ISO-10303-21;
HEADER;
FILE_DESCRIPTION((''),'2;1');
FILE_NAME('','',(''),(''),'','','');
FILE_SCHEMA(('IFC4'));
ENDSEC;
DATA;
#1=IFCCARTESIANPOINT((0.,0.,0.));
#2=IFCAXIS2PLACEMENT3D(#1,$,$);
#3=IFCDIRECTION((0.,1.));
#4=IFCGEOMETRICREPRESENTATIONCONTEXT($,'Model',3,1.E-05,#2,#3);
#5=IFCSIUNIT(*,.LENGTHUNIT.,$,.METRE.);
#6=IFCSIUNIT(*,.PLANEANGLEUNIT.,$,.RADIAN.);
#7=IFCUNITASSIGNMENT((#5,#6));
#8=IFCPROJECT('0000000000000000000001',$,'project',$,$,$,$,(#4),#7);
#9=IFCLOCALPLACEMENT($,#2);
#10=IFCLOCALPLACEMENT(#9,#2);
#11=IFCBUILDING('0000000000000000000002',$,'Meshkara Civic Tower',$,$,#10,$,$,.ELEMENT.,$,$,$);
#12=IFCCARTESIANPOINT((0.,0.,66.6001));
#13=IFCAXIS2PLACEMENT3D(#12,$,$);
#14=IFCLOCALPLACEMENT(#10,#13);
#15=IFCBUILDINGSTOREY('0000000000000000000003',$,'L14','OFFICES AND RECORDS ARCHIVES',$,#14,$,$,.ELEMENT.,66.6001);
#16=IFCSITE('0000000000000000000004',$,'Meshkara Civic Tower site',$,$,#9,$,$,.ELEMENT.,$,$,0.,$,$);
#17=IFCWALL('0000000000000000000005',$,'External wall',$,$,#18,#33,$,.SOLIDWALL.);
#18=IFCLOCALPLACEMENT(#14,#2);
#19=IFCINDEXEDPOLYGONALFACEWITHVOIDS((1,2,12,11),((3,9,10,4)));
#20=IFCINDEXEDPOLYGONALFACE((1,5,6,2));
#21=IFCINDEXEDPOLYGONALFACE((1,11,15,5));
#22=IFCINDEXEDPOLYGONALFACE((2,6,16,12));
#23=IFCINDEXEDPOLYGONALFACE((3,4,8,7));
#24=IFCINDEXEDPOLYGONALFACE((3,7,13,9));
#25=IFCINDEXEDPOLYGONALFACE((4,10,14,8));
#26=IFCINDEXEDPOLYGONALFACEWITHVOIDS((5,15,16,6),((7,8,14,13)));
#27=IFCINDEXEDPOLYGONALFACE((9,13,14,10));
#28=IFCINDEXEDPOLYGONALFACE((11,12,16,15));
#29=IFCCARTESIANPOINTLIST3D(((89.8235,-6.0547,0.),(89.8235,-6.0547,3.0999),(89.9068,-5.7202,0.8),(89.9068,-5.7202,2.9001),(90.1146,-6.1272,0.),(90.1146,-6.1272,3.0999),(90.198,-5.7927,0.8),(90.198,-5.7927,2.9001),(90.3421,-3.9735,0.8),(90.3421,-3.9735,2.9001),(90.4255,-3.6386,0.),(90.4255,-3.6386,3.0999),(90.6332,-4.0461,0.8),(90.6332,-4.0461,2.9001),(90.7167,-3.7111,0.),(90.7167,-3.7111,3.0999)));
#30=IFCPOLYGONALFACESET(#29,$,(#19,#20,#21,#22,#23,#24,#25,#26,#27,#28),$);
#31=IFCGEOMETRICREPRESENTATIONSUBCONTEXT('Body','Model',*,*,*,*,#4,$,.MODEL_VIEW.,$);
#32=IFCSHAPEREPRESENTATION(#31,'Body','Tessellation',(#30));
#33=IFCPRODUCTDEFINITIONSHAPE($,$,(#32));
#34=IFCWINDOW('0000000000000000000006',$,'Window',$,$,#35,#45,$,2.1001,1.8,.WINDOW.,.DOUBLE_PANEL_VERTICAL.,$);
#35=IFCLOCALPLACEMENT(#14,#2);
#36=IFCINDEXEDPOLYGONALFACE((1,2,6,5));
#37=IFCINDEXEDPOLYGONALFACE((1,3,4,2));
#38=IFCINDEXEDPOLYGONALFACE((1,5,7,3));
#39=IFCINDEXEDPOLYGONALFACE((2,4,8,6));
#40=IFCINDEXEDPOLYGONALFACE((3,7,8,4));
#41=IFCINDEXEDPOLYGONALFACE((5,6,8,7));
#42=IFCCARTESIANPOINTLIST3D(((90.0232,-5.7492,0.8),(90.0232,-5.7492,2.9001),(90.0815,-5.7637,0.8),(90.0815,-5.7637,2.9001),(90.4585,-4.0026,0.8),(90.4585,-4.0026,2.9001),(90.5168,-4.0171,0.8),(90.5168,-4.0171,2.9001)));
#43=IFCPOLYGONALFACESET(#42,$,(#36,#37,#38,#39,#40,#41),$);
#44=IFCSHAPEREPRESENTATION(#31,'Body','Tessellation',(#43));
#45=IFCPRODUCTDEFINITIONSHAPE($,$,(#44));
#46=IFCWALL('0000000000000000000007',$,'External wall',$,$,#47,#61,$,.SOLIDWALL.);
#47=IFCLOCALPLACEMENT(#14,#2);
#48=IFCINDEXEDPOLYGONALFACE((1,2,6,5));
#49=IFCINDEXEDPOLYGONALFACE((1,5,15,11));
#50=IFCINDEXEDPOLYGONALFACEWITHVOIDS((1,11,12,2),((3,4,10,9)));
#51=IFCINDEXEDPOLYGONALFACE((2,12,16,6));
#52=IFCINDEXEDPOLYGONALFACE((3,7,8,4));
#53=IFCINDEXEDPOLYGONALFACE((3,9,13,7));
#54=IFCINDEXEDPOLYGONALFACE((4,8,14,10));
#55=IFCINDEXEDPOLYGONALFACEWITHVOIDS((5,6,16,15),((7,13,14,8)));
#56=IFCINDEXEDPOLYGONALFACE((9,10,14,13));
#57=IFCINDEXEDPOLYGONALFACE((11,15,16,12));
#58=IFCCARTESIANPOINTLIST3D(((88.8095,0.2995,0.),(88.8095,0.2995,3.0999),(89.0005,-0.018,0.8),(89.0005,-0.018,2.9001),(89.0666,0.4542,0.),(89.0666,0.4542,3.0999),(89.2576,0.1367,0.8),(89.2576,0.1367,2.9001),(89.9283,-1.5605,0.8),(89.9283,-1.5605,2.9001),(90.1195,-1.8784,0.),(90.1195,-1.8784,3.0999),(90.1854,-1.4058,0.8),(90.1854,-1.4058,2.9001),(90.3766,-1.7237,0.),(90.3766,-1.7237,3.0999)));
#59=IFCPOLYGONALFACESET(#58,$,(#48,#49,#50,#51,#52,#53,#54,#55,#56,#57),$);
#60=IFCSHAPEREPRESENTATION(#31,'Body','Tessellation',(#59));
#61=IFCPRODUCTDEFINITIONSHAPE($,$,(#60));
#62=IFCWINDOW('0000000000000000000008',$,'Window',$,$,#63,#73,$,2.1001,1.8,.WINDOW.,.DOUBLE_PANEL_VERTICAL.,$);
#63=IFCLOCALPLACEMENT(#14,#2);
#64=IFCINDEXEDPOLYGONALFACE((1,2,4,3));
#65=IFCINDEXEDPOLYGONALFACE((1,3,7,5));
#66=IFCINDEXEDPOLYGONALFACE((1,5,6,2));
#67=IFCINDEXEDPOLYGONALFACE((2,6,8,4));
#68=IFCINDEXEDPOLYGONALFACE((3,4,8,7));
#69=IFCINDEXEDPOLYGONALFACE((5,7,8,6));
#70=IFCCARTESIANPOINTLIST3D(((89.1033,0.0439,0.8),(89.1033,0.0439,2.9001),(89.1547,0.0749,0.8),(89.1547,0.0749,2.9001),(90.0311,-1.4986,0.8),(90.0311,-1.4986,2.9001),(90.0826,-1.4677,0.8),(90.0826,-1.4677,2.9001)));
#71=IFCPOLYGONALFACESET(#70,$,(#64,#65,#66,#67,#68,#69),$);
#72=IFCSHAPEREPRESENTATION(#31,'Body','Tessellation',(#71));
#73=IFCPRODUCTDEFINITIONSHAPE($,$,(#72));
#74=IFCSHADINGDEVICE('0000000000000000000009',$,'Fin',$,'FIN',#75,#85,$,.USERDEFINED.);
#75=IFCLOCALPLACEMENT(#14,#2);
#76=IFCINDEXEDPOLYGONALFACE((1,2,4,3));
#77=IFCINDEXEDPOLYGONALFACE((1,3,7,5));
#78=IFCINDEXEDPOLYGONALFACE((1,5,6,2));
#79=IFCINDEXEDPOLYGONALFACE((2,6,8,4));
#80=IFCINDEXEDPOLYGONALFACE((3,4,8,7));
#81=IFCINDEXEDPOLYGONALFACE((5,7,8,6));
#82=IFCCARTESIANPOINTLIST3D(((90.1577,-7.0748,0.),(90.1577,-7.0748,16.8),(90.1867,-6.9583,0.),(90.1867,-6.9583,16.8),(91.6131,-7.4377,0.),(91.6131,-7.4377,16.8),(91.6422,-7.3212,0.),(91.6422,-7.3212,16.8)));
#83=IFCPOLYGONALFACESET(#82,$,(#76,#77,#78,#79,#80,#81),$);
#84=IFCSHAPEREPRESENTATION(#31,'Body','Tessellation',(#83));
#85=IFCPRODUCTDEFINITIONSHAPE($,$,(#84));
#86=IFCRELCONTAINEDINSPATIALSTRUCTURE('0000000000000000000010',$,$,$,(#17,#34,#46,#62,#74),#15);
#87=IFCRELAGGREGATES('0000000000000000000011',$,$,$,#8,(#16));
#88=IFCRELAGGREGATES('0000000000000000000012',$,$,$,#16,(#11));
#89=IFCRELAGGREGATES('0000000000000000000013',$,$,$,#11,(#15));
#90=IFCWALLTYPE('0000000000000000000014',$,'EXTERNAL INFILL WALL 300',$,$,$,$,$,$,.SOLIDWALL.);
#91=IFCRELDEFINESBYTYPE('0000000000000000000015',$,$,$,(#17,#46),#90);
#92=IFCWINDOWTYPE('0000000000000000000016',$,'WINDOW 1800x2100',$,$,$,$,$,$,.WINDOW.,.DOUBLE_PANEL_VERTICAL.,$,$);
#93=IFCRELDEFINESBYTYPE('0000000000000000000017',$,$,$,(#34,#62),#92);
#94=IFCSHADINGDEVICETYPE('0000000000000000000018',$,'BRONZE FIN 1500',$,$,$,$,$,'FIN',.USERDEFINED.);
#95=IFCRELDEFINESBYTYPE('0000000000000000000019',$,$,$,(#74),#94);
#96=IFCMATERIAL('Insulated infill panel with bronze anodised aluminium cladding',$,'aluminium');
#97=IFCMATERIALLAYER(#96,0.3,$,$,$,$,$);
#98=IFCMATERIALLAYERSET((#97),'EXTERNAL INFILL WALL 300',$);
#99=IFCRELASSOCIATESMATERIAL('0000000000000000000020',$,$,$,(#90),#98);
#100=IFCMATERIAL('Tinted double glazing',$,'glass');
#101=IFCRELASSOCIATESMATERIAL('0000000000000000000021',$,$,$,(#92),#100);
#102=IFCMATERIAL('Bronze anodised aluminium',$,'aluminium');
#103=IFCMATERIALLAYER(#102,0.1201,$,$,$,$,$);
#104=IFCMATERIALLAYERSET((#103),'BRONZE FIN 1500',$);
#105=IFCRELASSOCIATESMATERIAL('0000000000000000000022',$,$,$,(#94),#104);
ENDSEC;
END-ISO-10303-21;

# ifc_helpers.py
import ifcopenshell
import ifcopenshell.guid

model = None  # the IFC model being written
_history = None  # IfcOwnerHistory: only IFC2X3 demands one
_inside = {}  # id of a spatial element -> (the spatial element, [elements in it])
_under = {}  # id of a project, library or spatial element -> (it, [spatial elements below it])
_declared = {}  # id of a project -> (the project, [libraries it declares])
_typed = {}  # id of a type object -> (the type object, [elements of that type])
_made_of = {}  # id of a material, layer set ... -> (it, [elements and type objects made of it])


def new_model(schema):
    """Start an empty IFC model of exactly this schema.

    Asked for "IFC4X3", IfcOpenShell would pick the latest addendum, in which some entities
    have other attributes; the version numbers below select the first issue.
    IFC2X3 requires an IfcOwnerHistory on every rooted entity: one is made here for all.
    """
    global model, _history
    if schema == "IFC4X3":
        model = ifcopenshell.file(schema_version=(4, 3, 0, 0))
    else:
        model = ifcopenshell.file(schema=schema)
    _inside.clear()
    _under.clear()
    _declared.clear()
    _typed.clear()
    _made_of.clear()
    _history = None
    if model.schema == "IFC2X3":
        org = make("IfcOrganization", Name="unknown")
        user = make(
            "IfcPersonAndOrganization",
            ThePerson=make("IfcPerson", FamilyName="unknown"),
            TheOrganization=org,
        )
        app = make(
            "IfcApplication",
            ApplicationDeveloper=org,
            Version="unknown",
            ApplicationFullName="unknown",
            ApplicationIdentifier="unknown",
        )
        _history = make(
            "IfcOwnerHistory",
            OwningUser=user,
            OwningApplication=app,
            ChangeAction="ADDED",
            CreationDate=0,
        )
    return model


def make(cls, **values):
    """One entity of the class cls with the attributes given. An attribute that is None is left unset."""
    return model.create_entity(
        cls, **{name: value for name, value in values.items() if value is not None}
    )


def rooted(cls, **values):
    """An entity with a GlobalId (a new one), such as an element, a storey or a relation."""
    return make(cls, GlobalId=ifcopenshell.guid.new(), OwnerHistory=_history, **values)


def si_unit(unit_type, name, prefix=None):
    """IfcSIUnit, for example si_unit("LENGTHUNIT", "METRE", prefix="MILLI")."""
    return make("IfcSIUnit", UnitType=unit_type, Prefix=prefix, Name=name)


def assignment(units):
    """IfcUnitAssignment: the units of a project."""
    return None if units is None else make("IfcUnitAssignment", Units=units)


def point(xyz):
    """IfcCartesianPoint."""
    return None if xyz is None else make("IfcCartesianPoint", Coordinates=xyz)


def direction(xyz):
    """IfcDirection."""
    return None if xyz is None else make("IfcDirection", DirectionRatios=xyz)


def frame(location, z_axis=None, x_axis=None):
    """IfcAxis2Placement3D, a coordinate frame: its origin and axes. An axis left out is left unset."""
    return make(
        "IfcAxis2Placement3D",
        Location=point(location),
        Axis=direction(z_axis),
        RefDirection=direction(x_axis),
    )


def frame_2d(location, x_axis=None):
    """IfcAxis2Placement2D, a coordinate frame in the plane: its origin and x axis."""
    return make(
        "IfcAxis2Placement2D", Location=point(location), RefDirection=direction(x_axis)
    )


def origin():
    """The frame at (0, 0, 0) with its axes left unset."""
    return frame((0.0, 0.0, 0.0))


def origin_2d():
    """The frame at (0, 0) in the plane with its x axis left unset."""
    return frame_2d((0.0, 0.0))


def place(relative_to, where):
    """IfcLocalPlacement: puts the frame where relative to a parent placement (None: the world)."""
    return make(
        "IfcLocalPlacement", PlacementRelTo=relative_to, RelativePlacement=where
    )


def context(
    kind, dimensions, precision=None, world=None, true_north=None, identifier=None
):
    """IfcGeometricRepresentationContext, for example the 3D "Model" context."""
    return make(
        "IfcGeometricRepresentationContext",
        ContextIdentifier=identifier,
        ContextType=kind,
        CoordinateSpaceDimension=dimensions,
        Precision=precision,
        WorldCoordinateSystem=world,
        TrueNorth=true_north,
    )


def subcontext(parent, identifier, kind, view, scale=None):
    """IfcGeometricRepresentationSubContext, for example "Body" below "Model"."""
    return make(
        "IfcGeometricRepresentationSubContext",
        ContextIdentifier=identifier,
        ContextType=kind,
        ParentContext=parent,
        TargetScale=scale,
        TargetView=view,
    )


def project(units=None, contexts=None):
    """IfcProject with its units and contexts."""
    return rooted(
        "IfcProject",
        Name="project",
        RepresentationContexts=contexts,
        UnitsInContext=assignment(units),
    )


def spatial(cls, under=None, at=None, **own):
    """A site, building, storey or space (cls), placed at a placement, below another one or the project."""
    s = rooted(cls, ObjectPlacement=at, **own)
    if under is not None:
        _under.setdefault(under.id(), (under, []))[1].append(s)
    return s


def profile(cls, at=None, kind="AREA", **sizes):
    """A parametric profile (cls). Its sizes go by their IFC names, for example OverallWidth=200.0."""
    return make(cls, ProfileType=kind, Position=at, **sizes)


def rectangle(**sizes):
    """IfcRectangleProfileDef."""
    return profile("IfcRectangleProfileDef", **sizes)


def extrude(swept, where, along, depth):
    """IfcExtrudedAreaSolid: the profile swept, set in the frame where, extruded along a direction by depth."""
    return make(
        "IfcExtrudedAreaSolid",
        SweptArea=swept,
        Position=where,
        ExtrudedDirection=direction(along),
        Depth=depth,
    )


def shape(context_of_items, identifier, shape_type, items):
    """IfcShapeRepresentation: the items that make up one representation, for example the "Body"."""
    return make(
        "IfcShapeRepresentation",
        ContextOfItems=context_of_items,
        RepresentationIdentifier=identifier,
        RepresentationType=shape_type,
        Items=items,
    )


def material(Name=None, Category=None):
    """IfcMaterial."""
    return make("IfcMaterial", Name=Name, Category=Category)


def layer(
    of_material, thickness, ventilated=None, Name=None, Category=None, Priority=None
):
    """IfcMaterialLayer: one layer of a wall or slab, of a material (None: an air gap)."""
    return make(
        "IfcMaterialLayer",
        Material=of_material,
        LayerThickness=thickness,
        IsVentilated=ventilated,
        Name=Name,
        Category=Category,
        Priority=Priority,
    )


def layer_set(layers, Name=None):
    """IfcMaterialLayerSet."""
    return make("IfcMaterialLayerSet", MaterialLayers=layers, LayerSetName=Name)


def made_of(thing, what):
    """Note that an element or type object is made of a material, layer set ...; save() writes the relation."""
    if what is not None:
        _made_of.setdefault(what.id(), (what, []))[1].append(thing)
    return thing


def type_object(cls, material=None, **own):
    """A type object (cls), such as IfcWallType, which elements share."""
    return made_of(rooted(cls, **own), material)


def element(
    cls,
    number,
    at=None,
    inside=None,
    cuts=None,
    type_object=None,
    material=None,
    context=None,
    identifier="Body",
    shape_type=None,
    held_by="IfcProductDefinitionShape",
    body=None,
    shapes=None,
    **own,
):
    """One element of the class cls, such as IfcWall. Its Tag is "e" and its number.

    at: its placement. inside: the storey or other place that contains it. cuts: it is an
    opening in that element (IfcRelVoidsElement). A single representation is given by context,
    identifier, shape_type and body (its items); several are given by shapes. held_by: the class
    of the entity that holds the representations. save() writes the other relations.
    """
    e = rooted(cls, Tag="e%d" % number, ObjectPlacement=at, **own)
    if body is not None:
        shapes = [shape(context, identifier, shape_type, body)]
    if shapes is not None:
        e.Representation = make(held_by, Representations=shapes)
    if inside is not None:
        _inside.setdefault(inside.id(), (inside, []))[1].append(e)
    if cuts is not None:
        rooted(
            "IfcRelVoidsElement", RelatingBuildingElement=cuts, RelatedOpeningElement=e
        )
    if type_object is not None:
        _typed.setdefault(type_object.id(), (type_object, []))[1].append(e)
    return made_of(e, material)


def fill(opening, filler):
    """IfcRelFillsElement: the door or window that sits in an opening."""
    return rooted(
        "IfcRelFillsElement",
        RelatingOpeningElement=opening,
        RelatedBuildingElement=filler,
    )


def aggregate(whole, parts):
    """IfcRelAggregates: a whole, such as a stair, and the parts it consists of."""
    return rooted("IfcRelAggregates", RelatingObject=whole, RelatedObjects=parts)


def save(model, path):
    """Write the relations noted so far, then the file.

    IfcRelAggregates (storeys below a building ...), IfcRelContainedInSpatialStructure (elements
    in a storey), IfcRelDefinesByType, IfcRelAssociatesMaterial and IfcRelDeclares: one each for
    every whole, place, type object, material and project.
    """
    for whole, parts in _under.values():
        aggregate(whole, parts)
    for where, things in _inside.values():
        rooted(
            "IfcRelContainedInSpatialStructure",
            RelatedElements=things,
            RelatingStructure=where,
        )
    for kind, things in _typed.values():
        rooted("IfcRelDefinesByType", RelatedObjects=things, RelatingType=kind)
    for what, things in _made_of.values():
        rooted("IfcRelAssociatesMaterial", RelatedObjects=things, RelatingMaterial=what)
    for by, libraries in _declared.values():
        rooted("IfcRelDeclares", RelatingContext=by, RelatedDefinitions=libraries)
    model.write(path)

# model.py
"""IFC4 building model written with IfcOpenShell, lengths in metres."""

from ifc_helpers import new_model, si_unit, direction, frame, frame_2d, origin, origin_2d, place, context, subcontext, project, spatial, rectangle, extrude, material, layer, layer_set, type_object, element, fill, save


model = new_model("IFC4")

# Units and contexts
model_context = context("Model", 3, precision=1e-05, world=origin(), true_north=direction((0.0, 1.0)))
body_context = subcontext(model_context, "Body", "Model", "MODEL_VIEW")
ifc_project = project(units=[si_unit("LENGTHUNIT", "METRE"), si_unit("PLANEANGLEUNIT", "RADIAN")], contexts=[model_context])

# Site, building, storey
site_placement = place(None, origin())
site = spatial("IfcSite", under=ifc_project, at=site_placement, Name="Meshkara Civic Tower site", CompositionType="ELEMENT", RefElevation=0.0)
building_placement = place(site_placement, origin())
building = spatial("IfcBuilding", under=site, at=building_placement, Name="Meshkara Civic Tower", CompositionType="ELEMENT")
storey_placement = place(building_placement, frame((0.0, 0.0, 66.6001)))
storey = spatial("IfcBuildingStorey", under=building, at=storey_placement, Name="L14", Description="OFFICES AND RECORDS ARCHIVES", CompositionType="ELEMENT", Elevation=66.6001)

# Walls, openings, windows
ifc_material_1 = material(Name="Insulated infill panel with bronze anodised aluminium cladding", Category="aluminium")
ifc_layer_1 = layer(ifc_material_1, 0.3)
ifc_layer_set_1 = layer_set([ifc_layer_1], Name="EXTERNAL INFILL WALL 300")
wall_type = type_object("IfcWallType", Name="EXTERNAL INFILL WALL 300", PredefinedType="SOLIDWALL", material=ifc_layer_set_1)
wall_1_placement = place(storey_placement, frame((89.969, -6.0911, 0.0), z_axis=(0.0, 0.0, 1.0), x_axis=(0.241797, 0.970327, 0.0)))
wall_1 = element("IfcWall", 1, at=wall_1_placement, inside=storey, type_object=wall_type, Name="External wall", PredefinedType="SOLIDWALL", context=body_context, shape_type="SweptSolid", body=[
    extrude(rectangle(XDim=2.49, YDim=0.3, at=frame_2d((1.2451, 0.0))), origin(), (0.0, 0.0, 1.0), 3.0999),
])
opening_1_placement = place(wall_1_placement, frame((0.345, 0.0, 0.8)))
opening_1 = element("IfcOpeningElement", 2, at=opening_1_placement, cuts=wall_1, PredefinedType="OPENING", context=body_context, shape_type="SweptSolid", body=[
    extrude(rectangle(XDim=1.8, YDim=2.1001, at=frame_2d((0.8999, 1.05))), frame((0.0, 0.1599, 0.0), z_axis=(0.0, -1.0, 0.0), x_axis=(1.0, 0.0, 0.0)), (0.0, 0.0, 1.0), 0.3201),
])
ifc_material_2 = material(Name="Tinted double glazing", Category="glass")
window_type_1 = type_object("IfcWindowType", Name="WINDOW 1800x2100", PartitioningType="DOUBLE_PANEL_VERTICAL", PredefinedType="WINDOW", material=ifc_material_2)
window_1_placement = place(opening_1_placement, origin())
window_1 = element("IfcWindow", 3, at=window_1_placement, inside=storey, type_object=window_type_1, Name="Window", OverallHeight=2.1001, OverallWidth=1.8, PartitioningType="DOUBLE_PANEL_VERTICAL", PredefinedType="WINDOW", context=body_context, shape_type="SweptSolid", body=[
    extrude(rectangle(XDim=1.8, YDim=2.1001, at=frame_2d((0.8999, 1.05))), frame((0.0, 0.03, 0.0), z_axis=(0.0, -1.0, 0.0), x_axis=(1.0, 0.0, 0.0)), (0.0, 0.0, 1.0), 0.0601),
])
fill(opening_1, window_1)
wall_2_placement = place(storey_placement, frame((90.248, -1.801, 0.0), z_axis=(0.0, 0.0, 1.0), x_axis=(-0.515442, 0.856925, 0.0)))
wall_2 = element("IfcWall", 4, at=wall_2_placement, inside=storey, type_object=wall_type, Name="External wall", PredefinedType="SOLIDWALL", context=body_context, shape_type="SweptSolid", body=[
    extrude(rectangle(XDim=2.5415, YDim=0.3, at=frame_2d((1.2708, 0.0))), origin(), (0.0, 0.0, 1.0), 3.0999),
])
opening_2_placement = place(wall_2_placement, frame((0.3711, 0.0, 0.8)))
opening_2 = element("IfcOpeningElement", 5, at=opening_2_placement, cuts=wall_2, PredefinedType="OPENING", context=body_context, shape_type="SweptSolid", body=[
    extrude(rectangle(XDim=1.8, YDim=2.1001, at=frame_2d((0.8999, 1.05))), frame((0.0, 0.1599, 0.0), z_axis=(0.0, -1.0, 0.0), x_axis=(1.0, 0.0, 0.0)), (0.0, 0.0, 1.0), 0.3201),
])
window_2_placement = place(opening_2_placement, origin())
window_2 = element("IfcWindow", 6, at=window_2_placement, inside=storey, type_object=window_type_1, Name="Window", OverallHeight=2.1001, OverallWidth=1.8, PartitioningType="DOUBLE_PANEL_VERTICAL", PredefinedType="WINDOW", context=body_context, shape_type="SweptSolid", body=[
    extrude(rectangle(XDim=1.8, YDim=2.1001, at=frame_2d((0.8999, 1.05))), frame((0.0, 0.03, 0.0), z_axis=(0.0, -1.0, 0.0), x_axis=(1.0, 0.0, 0.0)), (0.0, 0.0, 1.0), 0.0601),
])
fill(opening_2, window_2)

# Shading device
ifc_material_3 = material(Name="Bronze anodised aluminium", Category="aluminium")
ifc_layer_2 = layer(ifc_material_3, 0.1201)
ifc_layer_set_2 = layer_set([ifc_layer_2], Name="BRONZE FIN 1500")
shading_device_type = type_object("IfcShadingDeviceType", Name="BRONZE FIN 1500", ElementType="FIN", PredefinedType="USERDEFINED", material=ifc_layer_set_2)
shading_device_placement = place(storey_placement, frame((90.8999, -7.198, 0.0), z_axis=(0.0, 0.0, 1.0), x_axis=(0.241922, 0.970296, 0.0)))
element("IfcShadingDevice", 7, at=shading_device_placement, inside=storey, type_object=shading_device_type, Name="Fin", ObjectType="FIN", PredefinedType="USERDEFINED", context=body_context, shape_type="SweptSolid", body=[
    extrude(rectangle(XDim=0.1201, YDim=1.5, at=origin_2d()), origin(), (0.0, 0.0, 1.0), 16.8),
])

save(model, "model.ifc")
